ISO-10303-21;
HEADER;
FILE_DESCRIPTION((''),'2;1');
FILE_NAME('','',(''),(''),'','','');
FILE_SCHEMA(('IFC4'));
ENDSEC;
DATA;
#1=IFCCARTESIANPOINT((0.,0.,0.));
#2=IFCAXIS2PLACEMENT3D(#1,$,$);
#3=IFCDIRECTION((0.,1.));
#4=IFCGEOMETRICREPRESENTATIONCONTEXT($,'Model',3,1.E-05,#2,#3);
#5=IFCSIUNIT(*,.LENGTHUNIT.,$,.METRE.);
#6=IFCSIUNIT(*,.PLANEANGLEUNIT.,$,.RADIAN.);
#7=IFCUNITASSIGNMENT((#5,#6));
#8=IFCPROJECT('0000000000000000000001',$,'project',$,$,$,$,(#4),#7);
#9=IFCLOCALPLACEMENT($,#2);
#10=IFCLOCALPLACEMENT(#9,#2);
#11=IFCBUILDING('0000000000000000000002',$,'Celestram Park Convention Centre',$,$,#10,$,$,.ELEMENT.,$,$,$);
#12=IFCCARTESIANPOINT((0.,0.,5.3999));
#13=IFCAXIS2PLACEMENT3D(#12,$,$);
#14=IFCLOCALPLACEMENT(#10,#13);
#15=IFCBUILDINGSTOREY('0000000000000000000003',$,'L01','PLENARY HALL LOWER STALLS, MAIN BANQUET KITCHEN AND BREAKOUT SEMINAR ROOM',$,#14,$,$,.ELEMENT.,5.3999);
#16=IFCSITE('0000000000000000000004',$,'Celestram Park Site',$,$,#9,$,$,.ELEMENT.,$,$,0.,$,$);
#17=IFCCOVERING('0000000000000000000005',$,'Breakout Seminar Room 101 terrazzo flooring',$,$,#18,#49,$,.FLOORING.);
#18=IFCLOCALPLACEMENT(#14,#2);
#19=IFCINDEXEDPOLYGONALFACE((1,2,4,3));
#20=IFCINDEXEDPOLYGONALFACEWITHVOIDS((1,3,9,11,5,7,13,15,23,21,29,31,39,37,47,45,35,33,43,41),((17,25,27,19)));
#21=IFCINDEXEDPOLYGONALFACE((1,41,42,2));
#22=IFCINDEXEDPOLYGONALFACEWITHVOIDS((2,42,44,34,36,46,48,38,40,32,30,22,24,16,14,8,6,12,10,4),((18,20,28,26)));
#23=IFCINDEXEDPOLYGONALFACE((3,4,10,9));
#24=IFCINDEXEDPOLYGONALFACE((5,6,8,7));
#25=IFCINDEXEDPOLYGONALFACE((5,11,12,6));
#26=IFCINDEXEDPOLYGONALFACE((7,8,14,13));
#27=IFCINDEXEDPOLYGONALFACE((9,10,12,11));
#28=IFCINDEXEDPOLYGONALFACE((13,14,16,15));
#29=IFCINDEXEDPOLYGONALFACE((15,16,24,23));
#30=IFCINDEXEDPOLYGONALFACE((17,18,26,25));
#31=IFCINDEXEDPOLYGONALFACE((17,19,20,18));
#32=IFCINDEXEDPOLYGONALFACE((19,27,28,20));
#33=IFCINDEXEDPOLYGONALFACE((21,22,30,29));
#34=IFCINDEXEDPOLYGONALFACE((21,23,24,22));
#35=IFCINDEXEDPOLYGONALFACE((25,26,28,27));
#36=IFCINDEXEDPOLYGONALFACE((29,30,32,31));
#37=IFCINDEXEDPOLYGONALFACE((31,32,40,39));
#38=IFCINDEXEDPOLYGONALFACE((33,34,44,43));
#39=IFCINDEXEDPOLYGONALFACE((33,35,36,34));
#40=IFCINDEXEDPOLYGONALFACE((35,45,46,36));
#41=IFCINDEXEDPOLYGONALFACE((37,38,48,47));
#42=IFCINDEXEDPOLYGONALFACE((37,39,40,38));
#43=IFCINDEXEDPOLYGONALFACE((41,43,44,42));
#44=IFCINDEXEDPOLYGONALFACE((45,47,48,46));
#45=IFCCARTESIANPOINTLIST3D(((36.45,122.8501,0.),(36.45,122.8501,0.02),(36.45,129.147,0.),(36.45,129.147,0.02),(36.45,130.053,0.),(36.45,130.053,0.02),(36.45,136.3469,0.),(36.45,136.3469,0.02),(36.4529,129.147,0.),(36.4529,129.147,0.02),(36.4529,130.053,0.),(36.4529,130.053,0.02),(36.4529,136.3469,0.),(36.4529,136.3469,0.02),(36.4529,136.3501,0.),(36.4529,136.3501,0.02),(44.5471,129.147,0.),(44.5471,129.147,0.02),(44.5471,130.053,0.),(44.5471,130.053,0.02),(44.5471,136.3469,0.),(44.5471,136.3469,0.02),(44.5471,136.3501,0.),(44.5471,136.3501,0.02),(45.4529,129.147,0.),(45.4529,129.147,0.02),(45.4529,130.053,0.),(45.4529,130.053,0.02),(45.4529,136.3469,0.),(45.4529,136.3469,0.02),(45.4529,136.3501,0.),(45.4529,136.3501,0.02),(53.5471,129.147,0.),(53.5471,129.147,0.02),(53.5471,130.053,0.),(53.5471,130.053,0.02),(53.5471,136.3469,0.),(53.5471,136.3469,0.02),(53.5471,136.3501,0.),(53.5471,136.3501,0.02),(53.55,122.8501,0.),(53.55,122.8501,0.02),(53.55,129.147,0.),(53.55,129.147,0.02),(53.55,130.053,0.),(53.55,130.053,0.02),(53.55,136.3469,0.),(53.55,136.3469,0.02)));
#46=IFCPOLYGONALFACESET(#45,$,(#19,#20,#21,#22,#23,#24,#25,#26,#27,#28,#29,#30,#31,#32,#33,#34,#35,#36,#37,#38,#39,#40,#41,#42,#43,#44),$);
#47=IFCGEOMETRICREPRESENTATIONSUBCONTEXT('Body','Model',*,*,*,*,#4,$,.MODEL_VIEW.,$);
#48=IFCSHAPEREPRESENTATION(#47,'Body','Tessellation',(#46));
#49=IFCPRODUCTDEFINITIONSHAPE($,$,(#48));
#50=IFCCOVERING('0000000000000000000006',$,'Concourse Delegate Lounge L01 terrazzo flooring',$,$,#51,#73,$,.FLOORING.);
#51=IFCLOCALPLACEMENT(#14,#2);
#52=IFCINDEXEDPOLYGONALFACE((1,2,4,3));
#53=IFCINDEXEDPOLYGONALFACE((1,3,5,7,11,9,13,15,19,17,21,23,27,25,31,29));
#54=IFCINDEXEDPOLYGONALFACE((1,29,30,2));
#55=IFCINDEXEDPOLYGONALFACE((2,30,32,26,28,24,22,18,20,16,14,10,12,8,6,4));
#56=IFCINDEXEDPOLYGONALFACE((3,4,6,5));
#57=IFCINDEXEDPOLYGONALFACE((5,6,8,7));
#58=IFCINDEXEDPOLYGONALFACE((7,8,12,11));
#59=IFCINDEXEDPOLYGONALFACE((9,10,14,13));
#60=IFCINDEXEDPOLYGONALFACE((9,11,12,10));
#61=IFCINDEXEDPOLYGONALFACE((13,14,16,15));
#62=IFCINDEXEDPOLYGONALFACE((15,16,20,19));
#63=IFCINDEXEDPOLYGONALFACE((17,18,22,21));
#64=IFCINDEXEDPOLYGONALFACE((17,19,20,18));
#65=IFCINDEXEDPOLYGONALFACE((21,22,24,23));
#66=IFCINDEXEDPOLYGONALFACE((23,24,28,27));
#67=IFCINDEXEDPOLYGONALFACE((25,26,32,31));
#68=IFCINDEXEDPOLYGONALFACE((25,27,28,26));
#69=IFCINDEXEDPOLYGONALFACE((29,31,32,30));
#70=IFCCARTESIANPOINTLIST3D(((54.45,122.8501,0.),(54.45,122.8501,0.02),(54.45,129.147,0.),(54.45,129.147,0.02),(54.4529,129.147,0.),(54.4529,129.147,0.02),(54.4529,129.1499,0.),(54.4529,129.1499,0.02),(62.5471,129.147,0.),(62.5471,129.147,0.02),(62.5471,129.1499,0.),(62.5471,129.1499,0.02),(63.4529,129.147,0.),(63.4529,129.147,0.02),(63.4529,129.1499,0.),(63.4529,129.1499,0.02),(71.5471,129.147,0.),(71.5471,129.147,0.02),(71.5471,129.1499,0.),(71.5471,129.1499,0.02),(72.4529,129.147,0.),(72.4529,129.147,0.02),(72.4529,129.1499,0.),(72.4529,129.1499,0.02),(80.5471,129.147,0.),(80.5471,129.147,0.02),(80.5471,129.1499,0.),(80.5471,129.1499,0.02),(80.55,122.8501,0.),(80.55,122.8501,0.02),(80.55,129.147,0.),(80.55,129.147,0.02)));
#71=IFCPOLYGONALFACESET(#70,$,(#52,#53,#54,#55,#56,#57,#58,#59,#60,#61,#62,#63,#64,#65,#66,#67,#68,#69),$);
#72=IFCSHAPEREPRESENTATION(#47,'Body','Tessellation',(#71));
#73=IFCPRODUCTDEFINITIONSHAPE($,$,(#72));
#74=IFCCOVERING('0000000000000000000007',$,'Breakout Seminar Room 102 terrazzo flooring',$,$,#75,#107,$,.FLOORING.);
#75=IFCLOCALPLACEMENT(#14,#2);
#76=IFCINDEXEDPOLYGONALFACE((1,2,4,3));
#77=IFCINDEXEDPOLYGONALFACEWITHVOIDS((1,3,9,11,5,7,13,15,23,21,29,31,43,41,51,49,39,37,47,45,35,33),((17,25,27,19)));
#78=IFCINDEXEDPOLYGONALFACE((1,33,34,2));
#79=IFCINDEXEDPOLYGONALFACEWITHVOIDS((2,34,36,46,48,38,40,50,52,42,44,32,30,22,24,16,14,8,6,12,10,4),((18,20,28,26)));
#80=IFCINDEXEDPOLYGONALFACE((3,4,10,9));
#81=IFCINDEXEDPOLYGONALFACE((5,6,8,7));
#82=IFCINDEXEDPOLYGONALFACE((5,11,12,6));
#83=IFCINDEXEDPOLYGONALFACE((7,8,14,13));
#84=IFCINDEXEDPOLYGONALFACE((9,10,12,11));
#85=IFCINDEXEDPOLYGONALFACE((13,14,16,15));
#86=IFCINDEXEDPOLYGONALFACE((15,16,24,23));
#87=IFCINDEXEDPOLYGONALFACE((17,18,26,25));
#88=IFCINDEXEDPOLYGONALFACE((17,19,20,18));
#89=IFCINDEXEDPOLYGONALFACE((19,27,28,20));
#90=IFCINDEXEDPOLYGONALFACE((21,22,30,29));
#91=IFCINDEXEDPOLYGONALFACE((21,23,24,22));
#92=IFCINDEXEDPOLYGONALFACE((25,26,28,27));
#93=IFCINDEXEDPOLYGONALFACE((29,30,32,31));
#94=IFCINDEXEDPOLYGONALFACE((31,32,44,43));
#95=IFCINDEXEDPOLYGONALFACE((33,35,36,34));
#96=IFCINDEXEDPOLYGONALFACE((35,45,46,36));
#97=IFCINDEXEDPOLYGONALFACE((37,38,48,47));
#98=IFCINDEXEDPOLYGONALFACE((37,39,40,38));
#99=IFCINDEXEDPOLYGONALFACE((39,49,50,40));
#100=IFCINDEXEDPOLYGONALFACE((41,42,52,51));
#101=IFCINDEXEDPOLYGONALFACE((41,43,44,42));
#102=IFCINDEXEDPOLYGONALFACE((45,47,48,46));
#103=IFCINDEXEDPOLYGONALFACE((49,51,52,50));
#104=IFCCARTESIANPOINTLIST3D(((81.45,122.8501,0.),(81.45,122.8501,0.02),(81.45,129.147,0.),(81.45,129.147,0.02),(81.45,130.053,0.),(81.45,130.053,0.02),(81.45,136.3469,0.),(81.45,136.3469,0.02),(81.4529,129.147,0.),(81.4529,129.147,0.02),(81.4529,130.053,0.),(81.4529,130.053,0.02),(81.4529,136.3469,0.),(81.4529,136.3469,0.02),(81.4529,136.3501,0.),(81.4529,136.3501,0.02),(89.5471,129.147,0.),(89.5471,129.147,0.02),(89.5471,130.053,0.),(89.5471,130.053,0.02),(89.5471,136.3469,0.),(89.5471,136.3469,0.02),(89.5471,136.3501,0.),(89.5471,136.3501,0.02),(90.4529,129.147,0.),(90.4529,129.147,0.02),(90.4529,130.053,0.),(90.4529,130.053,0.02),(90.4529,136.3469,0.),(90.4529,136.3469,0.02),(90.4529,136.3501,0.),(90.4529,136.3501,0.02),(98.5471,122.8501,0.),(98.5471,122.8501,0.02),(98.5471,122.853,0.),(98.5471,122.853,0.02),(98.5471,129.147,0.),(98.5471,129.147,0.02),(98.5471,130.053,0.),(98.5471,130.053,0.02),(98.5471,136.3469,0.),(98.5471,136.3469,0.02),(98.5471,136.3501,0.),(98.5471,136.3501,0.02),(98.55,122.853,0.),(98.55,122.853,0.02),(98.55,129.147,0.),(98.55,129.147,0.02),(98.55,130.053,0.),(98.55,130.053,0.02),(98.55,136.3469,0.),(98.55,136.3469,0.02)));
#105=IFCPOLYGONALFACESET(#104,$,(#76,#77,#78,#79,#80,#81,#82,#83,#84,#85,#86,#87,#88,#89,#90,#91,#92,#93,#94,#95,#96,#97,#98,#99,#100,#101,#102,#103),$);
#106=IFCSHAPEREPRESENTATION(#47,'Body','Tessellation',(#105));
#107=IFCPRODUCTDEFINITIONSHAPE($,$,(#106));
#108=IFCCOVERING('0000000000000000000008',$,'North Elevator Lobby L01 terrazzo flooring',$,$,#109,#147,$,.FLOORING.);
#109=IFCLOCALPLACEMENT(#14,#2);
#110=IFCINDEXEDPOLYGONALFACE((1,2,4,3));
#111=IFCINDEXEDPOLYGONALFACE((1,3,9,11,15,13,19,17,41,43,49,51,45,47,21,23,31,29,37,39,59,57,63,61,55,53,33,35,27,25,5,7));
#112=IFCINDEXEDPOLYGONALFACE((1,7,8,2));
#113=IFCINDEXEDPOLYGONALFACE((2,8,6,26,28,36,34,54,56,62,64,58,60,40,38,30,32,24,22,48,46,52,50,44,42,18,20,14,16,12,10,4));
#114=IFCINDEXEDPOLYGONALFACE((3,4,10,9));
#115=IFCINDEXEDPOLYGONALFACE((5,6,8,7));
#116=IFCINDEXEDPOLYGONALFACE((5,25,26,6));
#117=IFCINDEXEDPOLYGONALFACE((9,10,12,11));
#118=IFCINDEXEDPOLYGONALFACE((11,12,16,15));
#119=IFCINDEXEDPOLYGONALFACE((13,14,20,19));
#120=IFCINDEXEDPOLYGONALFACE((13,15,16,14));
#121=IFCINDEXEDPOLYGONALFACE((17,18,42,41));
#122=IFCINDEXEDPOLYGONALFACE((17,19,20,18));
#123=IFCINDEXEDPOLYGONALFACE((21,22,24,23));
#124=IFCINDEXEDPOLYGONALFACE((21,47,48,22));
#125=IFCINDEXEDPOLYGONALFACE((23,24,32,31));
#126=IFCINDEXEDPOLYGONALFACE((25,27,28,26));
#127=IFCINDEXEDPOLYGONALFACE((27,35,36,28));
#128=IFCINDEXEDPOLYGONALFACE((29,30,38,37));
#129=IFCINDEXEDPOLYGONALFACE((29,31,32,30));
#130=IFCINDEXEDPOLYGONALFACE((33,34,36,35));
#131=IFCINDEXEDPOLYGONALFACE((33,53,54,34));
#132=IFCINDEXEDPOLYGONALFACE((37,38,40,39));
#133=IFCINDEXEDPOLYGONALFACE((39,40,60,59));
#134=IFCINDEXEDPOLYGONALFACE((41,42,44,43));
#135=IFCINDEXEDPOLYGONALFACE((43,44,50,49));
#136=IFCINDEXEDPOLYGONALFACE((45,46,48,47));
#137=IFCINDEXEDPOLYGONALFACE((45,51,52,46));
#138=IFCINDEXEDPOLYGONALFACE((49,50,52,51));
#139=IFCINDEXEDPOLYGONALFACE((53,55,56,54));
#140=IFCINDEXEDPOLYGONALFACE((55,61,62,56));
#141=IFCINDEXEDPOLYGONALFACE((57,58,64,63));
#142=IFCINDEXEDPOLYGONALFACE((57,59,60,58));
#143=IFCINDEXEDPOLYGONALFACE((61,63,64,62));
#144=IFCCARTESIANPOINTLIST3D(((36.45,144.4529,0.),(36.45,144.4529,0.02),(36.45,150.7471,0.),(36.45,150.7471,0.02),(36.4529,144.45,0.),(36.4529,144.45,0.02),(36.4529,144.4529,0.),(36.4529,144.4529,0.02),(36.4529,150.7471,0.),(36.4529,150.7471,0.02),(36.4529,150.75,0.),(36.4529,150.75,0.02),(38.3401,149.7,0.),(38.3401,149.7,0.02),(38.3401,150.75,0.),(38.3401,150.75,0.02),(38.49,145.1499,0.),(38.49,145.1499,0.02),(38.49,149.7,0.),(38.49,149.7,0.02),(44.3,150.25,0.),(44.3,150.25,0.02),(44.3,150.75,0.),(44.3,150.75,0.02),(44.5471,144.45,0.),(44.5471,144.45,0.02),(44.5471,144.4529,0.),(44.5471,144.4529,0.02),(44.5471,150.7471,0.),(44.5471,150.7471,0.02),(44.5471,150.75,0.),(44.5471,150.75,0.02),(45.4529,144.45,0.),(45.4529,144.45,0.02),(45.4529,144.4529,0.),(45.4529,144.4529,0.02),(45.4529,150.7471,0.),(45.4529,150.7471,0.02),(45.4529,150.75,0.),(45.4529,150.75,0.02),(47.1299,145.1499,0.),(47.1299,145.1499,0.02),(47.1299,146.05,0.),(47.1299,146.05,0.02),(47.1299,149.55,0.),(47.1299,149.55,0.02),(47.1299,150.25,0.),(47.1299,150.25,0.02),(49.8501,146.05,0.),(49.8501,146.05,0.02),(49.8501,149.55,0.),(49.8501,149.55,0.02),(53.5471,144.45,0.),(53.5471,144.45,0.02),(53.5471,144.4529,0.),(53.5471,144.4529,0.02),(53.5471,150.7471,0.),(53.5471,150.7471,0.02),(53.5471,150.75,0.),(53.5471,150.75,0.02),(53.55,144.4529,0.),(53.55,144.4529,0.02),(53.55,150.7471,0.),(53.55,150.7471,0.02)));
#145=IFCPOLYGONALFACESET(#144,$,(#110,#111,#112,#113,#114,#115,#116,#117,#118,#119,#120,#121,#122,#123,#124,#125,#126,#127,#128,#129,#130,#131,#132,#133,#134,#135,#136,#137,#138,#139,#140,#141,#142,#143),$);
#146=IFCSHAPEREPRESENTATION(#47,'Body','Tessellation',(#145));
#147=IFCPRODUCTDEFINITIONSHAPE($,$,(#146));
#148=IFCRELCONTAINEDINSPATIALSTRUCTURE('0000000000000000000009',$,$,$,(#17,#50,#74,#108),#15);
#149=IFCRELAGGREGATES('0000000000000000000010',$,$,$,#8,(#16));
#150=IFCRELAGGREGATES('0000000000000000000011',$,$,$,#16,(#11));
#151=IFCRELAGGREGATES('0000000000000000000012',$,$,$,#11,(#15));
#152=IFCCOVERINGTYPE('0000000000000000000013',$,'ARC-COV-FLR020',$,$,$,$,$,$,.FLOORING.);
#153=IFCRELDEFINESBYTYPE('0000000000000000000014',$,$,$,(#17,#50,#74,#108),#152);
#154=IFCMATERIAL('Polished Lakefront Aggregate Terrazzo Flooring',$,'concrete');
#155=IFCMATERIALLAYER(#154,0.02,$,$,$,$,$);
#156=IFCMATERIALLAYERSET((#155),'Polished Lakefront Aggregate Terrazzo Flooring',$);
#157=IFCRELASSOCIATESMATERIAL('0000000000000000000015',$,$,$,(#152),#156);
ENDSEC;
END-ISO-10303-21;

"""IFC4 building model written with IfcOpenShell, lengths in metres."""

from ifc_helpers import new_model, si_unit, direction, frame, origin, place, context, subcontext, project, spatial, polyline, outline, extrude, material, layer, layer_set, type_object, element, save


model = new_model("IFC4")

# Units and contexts
model_context = context("Model", 3, precision=1e-05, world=origin(), true_north=direction((0.0, 1.0)))
body_context = subcontext(model_context, "Body", "Model", "MODEL_VIEW")
ifc_project = project(units=[si_unit("LENGTHUNIT", "METRE"), si_unit("PLANEANGLEUNIT", "RADIAN")], contexts=[model_context])

# Site, building, storey
site_placement = place(None, origin())
site = spatial("IfcSite", under=ifc_project, at=site_placement, Name="Celestram Park Site", CompositionType="ELEMENT", RefElevation=0.0)
building_placement = place(site_placement, origin())
building = spatial("IfcBuilding", under=site, at=building_placement, Name="Celestram Park Convention Centre", CompositionType="ELEMENT")
storey_placement = place(building_placement, frame((0.0, 0.0, 5.3999)))
storey = spatial("IfcBuildingStorey", under=building, at=storey_placement, Name="L01", Description="PLENARY HALL LOWER STALLS, MAIN BANQUET KITCHEN AND BREAKOUT SEMINAR ROOM", CompositionType="ELEMENT", Elevation=5.3999)

# Coverings
ifc_material_1 = material(Name="Polished Lakefront Aggregate Terrazzo Flooring", Category="concrete")
ifc_layer_1 = layer(ifc_material_1, 0.02)
ifc_layer_set_1 = layer_set([ifc_layer_1], Name="Polished Lakefront Aggregate Terrazzo Flooring")
covering_type_1 = type_object("IfcCoveringType", Name="ARC-COV-FLR020", PredefinedType="FLOORING", material=ifc_layer_set_1)
covering_1_placement = place(storey_placement, origin())
element("IfcCovering", 1, at=covering_1_placement, inside=storey, type_object=covering_type_1, Name="Breakout Seminar Room 101 terrazzo flooring", PredefinedType="FLOORING", context=body_context, shape_type="SweptSolid", body=[
    extrude(outline(polyline([(44.5471, 136.3501), (44.5471, 136.3469), (45.4529, 136.3469), (45.4529, 136.3501), (53.5471, 136.3501), (53.5471, 136.3469), (53.55, 136.3469), (53.55, 130.053), (53.5471, 130.053), (53.5471, 129.147), (53.55, 129.147), (53.55, 122.8501), (36.45, 122.8501), (36.45, 129.147), (36.4529, 129.147), (36.4529, 130.053), (36.45, 130.053), (36.45, 136.3469), (36.4529, 136.3469), (36.4529, 136.3501), (44.5471, 136.3501)]), holes=[polyline([(45.4529, 130.053), (44.5471, 130.053), (44.5471, 129.147), (45.4529, 129.147), (45.4529, 130.053)])]), origin(), (0.0, 0.0, 1.0), 0.02),
])
covering_2_placement = place(storey_placement, origin())
element("IfcCovering", 2, at=covering_2_placement, inside=storey, type_object=covering_type_1, Name="Concourse Delegate Lounge L01 terrazzo flooring", PredefinedType="FLOORING", context=body_context, shape_type="SweptSolid", body=[
    extrude(outline(polyline([(62.5471, 129.1499), (62.5471, 129.147), (63.4529, 129.147), (63.4529, 129.1499), (71.5471, 129.1499), (71.5471, 129.147), (72.4529, 129.147), (72.4529, 129.1499), (80.5471, 129.1499), (80.5471, 129.147), (80.55, 129.147), (80.55, 122.8501), (54.45, 122.8501), (54.45, 129.147), (54.4529, 129.147), (54.4529, 129.1499), (62.5471, 129.1499)])), origin(), (0.0, 0.0, 1.0), 0.02),
])
covering_3_placement = place(storey_placement, origin())
element("IfcCovering", 3, at=covering_3_placement, inside=storey, type_object=covering_type_1, Name="Breakout Seminar Room 102 terrazzo flooring", PredefinedType="FLOORING", context=body_context, shape_type="SweptSolid", body=[
    extrude(outline(polyline([(89.5471, 136.3501), (89.5471, 136.3469), (90.4529, 136.3469), (90.4529, 136.3501), (98.5471, 136.3501), (98.5471, 136.3469), (98.55, 136.3469), (98.55, 130.053), (98.5471, 130.053), (98.5471, 129.147), (98.55, 129.147), (98.55, 122.853), (98.5471, 122.853), (98.5471, 122.8501), (81.45, 122.8501), (81.45, 129.147), (81.4529, 129.147), (81.4529, 130.053), (81.45, 130.053), (81.45, 136.3469), (81.4529, 136.3469), (81.4529, 136.3501), (89.5471, 136.3501)]), holes=[polyline([(90.4529, 129.147), (90.4529, 130.053), (89.5471, 130.053), (89.5471, 129.147), (90.4529, 129.147)])]), origin(), (0.0, 0.0, 1.0), 0.02),
])
covering_4_placement = place(storey_placement, origin())
element("IfcCovering", 4, at=covering_4_placement, inside=storey, type_object=covering_type_1, Name="North Elevator Lobby L01 terrazzo flooring", PredefinedType="FLOORING", context=body_context, shape_type="SweptSolid", body=[
    extrude(outline(polyline([(38.3401, 150.75), (38.3401, 149.7), (38.49, 149.7), (38.49, 145.1499), (47.1299, 145.1499), (47.1299, 146.05), (49.8501, 146.05), (49.8501, 149.55), (47.1299, 149.55), (47.1299, 150.25), (44.3, 150.25), (44.3, 150.75), (44.5471, 150.75), (44.5471, 150.7471), (45.4529, 150.7471), (45.4529, 150.75), (53.5471, 150.75), (53.5471, 150.7471), (53.55, 150.7471), (53.55, 144.4529), (53.5471, 144.4529), (53.5471, 144.45), (45.4529, 144.45), (45.4529, 144.4529), (44.5471, 144.4529), (44.5471, 144.45), (36.4529, 144.45), (36.4529, 144.4529), (36.45, 144.4529), (36.45, 150.7471), (36.4529, 150.7471), (36.4529, 150.75), (38.3401, 150.75)])), origin(), (0.0, 0.0, 1.0), 0.02),
])

save(model, "model.ifc")
